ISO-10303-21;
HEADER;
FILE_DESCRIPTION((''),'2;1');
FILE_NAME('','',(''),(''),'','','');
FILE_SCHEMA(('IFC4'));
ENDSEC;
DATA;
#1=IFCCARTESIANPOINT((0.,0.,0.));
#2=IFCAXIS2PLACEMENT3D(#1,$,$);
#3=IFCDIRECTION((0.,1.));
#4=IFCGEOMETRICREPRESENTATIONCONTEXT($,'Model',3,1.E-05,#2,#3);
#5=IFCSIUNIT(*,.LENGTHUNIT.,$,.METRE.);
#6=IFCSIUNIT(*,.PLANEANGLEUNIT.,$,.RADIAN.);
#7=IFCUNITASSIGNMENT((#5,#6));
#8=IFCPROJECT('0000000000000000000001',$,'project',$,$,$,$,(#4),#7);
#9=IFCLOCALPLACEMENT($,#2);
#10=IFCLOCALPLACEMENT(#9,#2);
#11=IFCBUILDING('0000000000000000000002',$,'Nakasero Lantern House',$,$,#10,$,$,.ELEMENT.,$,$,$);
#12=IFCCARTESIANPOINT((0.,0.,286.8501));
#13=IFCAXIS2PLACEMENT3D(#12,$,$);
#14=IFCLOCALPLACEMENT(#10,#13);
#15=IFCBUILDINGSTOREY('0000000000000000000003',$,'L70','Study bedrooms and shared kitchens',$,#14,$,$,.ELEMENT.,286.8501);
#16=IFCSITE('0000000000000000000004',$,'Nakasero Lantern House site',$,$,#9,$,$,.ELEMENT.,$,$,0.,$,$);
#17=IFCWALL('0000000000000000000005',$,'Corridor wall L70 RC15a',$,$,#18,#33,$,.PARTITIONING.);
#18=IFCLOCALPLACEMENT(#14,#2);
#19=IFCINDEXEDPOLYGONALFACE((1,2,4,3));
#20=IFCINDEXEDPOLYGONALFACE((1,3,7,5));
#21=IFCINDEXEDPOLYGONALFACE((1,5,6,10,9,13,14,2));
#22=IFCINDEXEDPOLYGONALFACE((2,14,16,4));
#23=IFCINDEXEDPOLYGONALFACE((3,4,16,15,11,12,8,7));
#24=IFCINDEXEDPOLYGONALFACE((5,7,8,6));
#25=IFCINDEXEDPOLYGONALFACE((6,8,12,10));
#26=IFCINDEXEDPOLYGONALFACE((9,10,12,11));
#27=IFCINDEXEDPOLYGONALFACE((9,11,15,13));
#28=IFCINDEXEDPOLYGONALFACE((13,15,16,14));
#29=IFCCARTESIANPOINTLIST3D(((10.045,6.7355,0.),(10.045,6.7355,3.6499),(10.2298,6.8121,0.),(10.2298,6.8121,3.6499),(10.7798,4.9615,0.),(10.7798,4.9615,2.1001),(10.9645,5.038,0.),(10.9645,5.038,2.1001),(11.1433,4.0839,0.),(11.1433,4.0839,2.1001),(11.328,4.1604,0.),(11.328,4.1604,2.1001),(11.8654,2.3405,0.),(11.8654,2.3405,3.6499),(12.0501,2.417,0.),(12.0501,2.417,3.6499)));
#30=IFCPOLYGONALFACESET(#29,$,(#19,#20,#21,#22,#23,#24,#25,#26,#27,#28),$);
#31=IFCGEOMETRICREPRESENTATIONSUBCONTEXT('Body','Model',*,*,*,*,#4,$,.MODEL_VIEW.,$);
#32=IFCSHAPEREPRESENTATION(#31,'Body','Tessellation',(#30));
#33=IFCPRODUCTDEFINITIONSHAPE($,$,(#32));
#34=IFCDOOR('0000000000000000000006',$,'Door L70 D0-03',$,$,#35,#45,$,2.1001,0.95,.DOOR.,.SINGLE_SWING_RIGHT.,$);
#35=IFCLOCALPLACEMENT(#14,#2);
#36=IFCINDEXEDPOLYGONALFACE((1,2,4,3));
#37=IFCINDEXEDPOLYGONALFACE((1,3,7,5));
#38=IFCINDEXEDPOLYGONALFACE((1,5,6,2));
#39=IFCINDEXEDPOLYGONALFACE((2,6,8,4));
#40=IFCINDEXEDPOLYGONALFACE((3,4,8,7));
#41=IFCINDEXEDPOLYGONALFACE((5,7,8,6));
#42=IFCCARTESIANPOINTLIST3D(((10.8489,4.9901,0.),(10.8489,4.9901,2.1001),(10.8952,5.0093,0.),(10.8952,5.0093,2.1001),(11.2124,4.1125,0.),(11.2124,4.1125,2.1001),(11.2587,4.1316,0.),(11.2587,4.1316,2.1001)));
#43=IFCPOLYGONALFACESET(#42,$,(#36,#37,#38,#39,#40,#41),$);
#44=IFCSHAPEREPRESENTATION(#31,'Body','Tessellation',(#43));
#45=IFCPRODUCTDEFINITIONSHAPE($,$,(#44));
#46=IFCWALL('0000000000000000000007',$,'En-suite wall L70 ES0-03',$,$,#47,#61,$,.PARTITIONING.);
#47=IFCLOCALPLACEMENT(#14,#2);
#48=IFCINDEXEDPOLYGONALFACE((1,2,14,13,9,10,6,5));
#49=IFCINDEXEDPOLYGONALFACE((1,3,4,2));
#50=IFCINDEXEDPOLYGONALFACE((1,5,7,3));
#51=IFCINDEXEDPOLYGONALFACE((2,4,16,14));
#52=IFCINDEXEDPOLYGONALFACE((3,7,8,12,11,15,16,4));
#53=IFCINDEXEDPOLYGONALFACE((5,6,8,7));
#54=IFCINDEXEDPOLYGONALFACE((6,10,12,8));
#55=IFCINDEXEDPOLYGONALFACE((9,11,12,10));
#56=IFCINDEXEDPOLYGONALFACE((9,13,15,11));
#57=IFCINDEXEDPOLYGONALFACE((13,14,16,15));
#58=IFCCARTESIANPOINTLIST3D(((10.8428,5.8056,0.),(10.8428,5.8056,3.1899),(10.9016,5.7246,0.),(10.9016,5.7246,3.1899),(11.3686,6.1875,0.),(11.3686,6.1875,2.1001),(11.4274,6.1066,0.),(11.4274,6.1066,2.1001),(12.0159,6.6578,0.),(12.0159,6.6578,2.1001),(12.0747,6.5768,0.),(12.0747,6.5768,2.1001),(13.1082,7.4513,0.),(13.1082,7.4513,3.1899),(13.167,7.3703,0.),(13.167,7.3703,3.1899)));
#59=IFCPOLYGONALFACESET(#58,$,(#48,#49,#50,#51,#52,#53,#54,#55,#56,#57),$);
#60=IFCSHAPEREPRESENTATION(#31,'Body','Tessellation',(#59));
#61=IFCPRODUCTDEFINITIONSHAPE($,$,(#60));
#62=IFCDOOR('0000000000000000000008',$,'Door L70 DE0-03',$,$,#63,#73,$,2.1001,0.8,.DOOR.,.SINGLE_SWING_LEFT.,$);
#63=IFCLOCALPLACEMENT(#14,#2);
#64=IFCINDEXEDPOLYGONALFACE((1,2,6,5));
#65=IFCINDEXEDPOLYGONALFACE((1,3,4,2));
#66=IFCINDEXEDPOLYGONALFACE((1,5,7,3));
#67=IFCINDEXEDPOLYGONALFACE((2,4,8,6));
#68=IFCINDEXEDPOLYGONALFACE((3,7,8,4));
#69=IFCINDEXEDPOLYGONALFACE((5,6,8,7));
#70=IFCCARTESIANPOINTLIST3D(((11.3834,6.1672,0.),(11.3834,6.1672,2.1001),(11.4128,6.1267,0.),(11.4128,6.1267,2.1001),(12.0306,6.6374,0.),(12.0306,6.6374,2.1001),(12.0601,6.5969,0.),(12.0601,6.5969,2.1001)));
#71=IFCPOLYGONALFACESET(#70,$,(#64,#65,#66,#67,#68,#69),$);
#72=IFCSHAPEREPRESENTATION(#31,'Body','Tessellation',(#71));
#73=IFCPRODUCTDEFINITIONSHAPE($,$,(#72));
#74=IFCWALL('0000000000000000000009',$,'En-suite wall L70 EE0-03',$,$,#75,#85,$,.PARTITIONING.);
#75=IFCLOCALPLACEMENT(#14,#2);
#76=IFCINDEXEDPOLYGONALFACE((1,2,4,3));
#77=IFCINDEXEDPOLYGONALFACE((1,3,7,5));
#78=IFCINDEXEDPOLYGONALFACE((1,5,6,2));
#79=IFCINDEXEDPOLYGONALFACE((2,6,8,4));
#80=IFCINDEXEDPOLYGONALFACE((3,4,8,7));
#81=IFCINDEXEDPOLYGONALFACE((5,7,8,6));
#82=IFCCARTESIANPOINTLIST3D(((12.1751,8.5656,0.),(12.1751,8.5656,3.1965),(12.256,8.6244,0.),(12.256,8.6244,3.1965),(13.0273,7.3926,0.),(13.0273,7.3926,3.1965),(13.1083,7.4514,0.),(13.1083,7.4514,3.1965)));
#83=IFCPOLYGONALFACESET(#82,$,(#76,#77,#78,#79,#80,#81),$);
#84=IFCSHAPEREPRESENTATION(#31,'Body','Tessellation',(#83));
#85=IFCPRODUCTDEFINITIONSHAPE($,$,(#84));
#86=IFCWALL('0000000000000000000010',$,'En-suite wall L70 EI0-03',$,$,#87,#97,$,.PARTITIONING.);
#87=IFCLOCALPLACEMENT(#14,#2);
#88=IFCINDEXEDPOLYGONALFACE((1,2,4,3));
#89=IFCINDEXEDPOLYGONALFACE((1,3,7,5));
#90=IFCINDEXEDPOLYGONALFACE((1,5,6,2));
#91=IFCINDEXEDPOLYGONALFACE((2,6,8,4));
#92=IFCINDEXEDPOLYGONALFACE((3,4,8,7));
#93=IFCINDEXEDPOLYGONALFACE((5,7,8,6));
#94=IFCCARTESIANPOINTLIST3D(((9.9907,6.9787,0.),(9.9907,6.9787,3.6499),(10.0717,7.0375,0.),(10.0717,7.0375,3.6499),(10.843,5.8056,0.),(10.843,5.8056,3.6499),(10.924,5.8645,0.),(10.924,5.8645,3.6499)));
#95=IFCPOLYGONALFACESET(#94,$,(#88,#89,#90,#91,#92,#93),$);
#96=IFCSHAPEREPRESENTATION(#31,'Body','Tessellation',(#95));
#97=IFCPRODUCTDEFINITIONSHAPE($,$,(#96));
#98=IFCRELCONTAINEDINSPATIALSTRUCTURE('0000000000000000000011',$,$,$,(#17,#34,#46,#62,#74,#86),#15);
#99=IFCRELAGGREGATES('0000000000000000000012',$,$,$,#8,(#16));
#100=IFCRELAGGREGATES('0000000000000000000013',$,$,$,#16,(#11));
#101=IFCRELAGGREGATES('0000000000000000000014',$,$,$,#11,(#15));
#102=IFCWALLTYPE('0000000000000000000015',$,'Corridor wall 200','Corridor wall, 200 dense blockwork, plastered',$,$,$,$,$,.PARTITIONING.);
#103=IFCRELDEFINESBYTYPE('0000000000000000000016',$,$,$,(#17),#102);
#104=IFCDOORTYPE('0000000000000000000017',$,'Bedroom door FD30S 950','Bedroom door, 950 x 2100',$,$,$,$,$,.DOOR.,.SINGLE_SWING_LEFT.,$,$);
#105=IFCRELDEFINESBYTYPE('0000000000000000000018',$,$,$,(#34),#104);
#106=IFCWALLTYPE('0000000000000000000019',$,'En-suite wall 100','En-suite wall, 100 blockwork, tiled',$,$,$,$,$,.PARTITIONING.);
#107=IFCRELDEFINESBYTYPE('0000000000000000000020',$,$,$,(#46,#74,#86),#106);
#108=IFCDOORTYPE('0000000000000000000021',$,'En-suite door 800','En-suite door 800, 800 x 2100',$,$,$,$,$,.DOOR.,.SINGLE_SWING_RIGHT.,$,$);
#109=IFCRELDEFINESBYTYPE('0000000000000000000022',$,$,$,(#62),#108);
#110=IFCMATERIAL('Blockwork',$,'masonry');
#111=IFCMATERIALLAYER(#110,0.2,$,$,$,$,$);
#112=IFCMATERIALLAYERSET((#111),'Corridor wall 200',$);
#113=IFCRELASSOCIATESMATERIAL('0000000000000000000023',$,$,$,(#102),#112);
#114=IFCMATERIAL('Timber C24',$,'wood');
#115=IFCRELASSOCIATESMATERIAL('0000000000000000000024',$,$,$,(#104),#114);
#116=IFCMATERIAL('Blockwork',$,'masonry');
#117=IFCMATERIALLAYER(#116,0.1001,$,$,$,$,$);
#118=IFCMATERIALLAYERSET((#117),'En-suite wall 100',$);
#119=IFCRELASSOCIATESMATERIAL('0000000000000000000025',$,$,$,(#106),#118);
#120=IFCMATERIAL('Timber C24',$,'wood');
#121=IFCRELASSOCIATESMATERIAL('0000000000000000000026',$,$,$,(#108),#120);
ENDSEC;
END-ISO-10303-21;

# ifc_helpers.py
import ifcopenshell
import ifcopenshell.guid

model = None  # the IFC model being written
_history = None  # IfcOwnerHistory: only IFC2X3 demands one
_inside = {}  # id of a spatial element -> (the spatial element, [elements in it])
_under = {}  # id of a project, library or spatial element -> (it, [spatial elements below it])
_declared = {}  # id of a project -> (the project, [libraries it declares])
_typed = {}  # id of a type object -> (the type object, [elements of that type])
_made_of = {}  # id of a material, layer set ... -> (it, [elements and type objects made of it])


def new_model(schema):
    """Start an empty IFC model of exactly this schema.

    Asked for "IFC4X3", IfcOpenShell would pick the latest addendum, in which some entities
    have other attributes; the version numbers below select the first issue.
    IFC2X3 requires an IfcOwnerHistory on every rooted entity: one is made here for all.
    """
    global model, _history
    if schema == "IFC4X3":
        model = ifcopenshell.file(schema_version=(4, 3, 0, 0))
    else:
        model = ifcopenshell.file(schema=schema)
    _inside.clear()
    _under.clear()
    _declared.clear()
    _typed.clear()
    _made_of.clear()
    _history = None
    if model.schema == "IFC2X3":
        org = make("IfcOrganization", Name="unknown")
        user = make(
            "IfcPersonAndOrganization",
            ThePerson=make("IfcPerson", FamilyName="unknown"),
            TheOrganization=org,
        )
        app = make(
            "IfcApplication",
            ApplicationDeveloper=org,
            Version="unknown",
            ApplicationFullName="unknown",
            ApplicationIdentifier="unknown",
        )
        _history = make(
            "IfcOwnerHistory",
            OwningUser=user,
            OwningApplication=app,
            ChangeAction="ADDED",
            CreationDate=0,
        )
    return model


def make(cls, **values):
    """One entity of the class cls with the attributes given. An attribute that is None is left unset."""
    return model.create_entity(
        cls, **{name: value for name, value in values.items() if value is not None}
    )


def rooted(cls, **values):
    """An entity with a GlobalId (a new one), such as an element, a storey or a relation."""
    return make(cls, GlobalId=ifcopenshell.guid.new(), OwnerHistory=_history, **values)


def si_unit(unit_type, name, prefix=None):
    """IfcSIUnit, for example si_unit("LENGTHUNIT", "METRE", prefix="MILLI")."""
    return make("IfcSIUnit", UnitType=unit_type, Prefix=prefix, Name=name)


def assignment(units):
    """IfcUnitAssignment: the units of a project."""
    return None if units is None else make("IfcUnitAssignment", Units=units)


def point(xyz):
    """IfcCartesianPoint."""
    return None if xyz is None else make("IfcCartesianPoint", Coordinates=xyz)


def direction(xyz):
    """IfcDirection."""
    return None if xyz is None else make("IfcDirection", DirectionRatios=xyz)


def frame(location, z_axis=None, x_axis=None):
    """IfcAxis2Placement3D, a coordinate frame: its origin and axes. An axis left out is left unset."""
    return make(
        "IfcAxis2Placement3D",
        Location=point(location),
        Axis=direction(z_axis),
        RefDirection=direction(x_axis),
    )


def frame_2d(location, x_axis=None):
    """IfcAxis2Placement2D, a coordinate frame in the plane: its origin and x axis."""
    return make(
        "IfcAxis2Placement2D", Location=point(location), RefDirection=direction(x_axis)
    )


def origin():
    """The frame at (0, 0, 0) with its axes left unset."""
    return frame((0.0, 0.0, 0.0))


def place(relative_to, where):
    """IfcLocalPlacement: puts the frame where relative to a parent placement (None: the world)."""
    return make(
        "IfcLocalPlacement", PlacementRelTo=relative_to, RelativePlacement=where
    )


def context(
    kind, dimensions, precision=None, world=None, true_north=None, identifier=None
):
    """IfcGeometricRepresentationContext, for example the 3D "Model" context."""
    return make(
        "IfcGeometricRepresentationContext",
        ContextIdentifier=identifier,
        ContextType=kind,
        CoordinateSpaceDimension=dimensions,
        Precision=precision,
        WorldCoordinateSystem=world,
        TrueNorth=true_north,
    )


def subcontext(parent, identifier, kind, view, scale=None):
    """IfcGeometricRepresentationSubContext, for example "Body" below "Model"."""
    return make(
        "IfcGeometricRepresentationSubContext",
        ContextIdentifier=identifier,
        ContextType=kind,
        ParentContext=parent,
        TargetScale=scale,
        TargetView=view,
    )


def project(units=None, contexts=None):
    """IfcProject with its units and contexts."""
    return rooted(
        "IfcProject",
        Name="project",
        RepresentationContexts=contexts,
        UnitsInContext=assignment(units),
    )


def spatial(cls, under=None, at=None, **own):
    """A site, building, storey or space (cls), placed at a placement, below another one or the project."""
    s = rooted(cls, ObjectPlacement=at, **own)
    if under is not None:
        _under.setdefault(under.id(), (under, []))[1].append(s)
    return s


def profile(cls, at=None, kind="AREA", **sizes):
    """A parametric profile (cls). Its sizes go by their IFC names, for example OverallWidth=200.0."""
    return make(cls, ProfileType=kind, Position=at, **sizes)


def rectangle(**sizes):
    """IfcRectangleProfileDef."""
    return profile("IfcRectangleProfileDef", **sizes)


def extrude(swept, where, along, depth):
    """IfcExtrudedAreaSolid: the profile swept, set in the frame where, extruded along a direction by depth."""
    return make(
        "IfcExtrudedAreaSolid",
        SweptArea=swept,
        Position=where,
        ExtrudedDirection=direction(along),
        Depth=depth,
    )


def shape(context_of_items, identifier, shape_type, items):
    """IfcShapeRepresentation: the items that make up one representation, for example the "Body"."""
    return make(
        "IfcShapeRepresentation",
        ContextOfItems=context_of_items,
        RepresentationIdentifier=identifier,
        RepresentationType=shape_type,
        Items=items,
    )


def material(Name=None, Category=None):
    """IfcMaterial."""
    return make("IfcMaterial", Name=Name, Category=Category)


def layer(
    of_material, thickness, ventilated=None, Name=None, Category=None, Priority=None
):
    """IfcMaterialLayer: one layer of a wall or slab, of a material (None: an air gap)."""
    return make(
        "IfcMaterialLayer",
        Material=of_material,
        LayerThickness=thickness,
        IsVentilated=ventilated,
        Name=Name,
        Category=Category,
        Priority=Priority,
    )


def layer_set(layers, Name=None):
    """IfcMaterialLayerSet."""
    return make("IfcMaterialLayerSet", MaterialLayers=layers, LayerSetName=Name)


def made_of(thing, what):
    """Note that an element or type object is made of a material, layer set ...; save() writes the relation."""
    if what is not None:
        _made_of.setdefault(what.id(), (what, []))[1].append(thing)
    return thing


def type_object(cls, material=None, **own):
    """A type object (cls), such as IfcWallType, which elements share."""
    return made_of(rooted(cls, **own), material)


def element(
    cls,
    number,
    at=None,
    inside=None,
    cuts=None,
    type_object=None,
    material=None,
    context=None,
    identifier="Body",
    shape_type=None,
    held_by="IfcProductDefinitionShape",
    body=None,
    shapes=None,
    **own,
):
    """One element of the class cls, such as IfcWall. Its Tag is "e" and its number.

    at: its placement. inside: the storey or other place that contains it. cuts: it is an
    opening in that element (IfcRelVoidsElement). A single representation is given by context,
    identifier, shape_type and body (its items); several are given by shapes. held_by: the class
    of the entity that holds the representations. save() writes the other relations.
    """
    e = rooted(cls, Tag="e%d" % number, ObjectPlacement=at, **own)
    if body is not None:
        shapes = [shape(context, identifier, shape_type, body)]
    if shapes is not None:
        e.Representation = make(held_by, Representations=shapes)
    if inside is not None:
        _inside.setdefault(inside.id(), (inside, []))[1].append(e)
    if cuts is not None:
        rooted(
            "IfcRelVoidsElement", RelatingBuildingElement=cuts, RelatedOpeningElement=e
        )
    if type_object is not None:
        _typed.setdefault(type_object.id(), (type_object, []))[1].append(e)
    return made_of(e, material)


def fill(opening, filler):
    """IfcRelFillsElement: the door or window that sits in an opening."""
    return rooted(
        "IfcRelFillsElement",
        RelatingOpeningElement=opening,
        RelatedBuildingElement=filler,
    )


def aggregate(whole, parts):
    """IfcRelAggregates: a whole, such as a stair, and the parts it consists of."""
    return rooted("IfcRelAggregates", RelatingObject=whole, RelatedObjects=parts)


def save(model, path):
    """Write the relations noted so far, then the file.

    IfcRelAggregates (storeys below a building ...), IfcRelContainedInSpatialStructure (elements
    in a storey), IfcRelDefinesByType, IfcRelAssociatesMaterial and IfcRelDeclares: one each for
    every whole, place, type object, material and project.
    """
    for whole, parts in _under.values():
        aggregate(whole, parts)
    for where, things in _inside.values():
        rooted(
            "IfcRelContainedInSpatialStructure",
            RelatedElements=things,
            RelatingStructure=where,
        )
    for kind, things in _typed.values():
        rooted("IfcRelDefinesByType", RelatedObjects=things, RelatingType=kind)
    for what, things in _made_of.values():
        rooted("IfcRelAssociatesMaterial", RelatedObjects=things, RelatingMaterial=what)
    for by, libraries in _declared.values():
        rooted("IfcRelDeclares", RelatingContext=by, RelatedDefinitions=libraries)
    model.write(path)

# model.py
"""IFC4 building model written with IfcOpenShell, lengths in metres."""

from ifc_helpers import new_model, si_unit, direction, frame, frame_2d, origin, place, context, subcontext, project, spatial, rectangle, extrude, material, layer, layer_set, type_object, element, fill, save


model = new_model("IFC4")

# Units and contexts
model_context = context("Model", 3, precision=1e-05, world=origin(), true_north=direction((0.0, 1.0)))
body_context = subcontext(model_context, "Body", "Model", "MODEL_VIEW")
ifc_project = project(units=[si_unit("LENGTHUNIT", "METRE"), si_unit("PLANEANGLEUNIT", "RADIAN")], contexts=[model_context])

# Site, building, storey
site_placement = place(None, origin())
site = spatial("IfcSite", under=ifc_project, at=site_placement, Name="Nakasero Lantern House site", CompositionType="ELEMENT", RefElevation=0.0)
building_placement = place(site_placement, origin())
building = spatial("IfcBuilding", under=site, at=building_placement, Name="Nakasero Lantern House", CompositionType="ELEMENT")
storey_placement = place(building_placement, frame((0.0, 0.0, 286.8501)))
storey = spatial("IfcBuildingStorey", under=building, at=storey_placement, Name="L70", Description="Study bedrooms and shared kitchens", CompositionType="ELEMENT", Elevation=286.8501)

# Walls, openings, doors
ifc_material_1 = material(Name="Blockwork", Category="masonry")
ifc_layer_1 = layer(ifc_material_1, 0.2)
ifc_layer_set_1 = layer_set([ifc_layer_1], Name="Corridor wall 200")
wall_type_1 = type_object("IfcWallType", Name="Corridor wall 200", Description="Corridor wall, 200 dense blockwork, plastered", PredefinedType="PARTITIONING", material=ifc_layer_set_1)
wall_1_placement = place(storey_placement, frame((10.1375, 6.7737, 0.0), z_axis=(0.0, 0.0, 1.0), x_axis=(0.382654, -0.923892, 0.0)))
wall_1 = element("IfcWall", 1, at=wall_1_placement, inside=storey, type_object=wall_type_1, Name="Corridor wall L70 RC15a", PredefinedType="PARTITIONING", context=body_context, shape_type="SweptSolid", body=[
    extrude(rectangle(XDim=4.7571, YDim=0.2, at=frame_2d((2.3784, 0.0))), origin(), (0.0, 0.0, 1.0), 3.6499),
])
opening_1_placement = place(wall_1_placement, frame((1.9199, 0.0, 0.0)))
opening_1 = element("IfcOpeningElement", 2, at=opening_1_placement, cuts=wall_1, PredefinedType="OPENING", context=body_context, shape_type="SweptSolid", body=[
    extrude(rectangle(XDim=0.95, YDim=2.1001, at=frame_2d((0.4751, 1.05))), frame((0.0, 0.1199, 0.0), z_axis=(0.0, -1.0, 0.0), x_axis=(1.0, 0.0, 0.0)), (0.0, 0.0, 1.0), 0.24),
])
ifc_material_2 = material(Name="Timber C24", Category="wood")
door_type_1 = type_object("IfcDoorType", Name="Bedroom door FD30S 950", Description="Bedroom door, 950 x 2100", OperationType="SINGLE_SWING_LEFT", PredefinedType="DOOR", material=ifc_material_2)
door_1_placement = place(opening_1_placement, origin())
door_1 = element("IfcDoor", 3, at=door_1_placement, inside=storey, type_object=door_type_1, Name="Door L70 D0-03", OperationType="SINGLE_SWING_RIGHT", OverallHeight=2.1001, OverallWidth=0.95, PredefinedType="DOOR", context=body_context, shape_type="SweptSolid", body=[
    extrude(rectangle(XDim=0.95, YDim=2.1001, at=frame_2d((0.4751, 1.05))), frame((0.0, 0.0249, 0.0), z_axis=(0.0, -1.0, 0.0), x_axis=(1.0, 0.0, 0.0)), (0.0, 0.0, 1.0), 0.05),
])
fill(opening_1, door_1)
ifc_material_3 = material(Name="Blockwork", Category="masonry")
ifc_layer_2 = layer(ifc_material_3, 0.1001)
ifc_layer_set_2 = layer_set([ifc_layer_2], Name="En-suite wall 100")
wall_type_2 = type_object("IfcWallType", Name="En-suite wall 100", Description="En-suite wall, 100 blockwork, tiled", PredefinedType="PARTITIONING", material=ifc_layer_set_2)
wall_2_placement = place(storey_placement, frame((10.8723, 5.7651, 0.0), z_axis=(0.0, 0.0, 1.0), x_axis=(0.809041, 0.587752, 0.0)))
wall_2 = element("IfcWall", 4, at=wall_2_placement, inside=storey, type_object=wall_type_2, Name="En-suite wall L70 ES0-03", PredefinedType="PARTITIONING", context=body_context, shape_type="SweptSolid", body=[
    extrude(rectangle(XDim=2.8, YDim=0.1001, at=frame_2d((1.3999, 0.0))), origin(), (0.0, 0.0, 1.0), 3.1899),
])
opening_2_placement = place(wall_2_placement, frame((0.6499, 0.0, 0.0)))
opening_2 = element("IfcOpeningElement", 5, at=opening_2_placement, cuts=wall_2, PredefinedType="OPENING", context=body_context, shape_type="SweptSolid", body=[
    extrude(rectangle(XDim=0.8, YDim=2.1001, at=frame_2d((0.3999, 1.05))), frame((0.0, 0.0701, 0.0), z_axis=(0.0, -1.0, 0.0), x_axis=(1.0, 0.0, 0.0)), (0.0, 0.0, 1.0), 0.1401),
])
ifc_material_4 = material(Name="Timber C24", Category="wood")
door_type_2 = type_object("IfcDoorType", Name="En-suite door 800", Description="En-suite door 800, 800 x 2100", OperationType="SINGLE_SWING_RIGHT", PredefinedType="DOOR", material=ifc_material_4)
door_2_placement = place(opening_2_placement, origin())
door_2 = element("IfcDoor", 6, at=door_2_placement, inside=storey, type_object=door_type_2, Name="Door L70 DE0-03", OperationType="SINGLE_SWING_LEFT", OverallHeight=2.1001, OverallWidth=0.8, PredefinedType="DOOR", context=body_context, shape_type="SweptSolid", body=[
    extrude(rectangle(XDim=0.8, YDim=2.1001, at=frame_2d((0.3999, 1.05))), frame((0.0, 0.0249, 0.0), z_axis=(0.0, -1.0, 0.0), x_axis=(1.0, 0.0, 0.0)), (0.0, 0.0, 1.0), 0.05),
])
fill(opening_2, door_2)

# Walls
wall_3_placement = place(storey_placement, frame((13.0679, 7.4219, 0.0), z_axis=(0.0, 0.0, 1.0), x_axis=(-0.587781, 0.80902, 0.0)))
element("IfcWall", 7, at=wall_3_placement, inside=storey, type_object=wall_type_2, Name="En-suite wall L70 EE0-03", PredefinedType="PARTITIONING", context=body_context, shape_type="SweptSolid", body=[
    extrude(rectangle(XDim=1.45, YDim=0.1001, at=frame_2d((0.7251, 0.0))), origin(), (0.0, 0.0, 1.0), 3.1965),
])
wall_4_placement = place(storey_placement, frame((10.8835, 5.835, 0.0), z_axis=(0.0, 0.0, 1.0), x_axis=(-0.587781, 0.80902, 0.0)))
element("IfcWall", 8, at=wall_4_placement, inside=storey, type_object=wall_type_2, Name="En-suite wall L70 EI0-03", PredefinedType="PARTITIONING", context=body_context, shape_type="SweptSolid", body=[
    extrude(rectangle(XDim=1.45, YDim=0.1001, at=frame_2d((0.7251, 0.0))), origin(), (0.0, 0.0, 1.0), 3.6499),
])

save(model, "model.ifc")
